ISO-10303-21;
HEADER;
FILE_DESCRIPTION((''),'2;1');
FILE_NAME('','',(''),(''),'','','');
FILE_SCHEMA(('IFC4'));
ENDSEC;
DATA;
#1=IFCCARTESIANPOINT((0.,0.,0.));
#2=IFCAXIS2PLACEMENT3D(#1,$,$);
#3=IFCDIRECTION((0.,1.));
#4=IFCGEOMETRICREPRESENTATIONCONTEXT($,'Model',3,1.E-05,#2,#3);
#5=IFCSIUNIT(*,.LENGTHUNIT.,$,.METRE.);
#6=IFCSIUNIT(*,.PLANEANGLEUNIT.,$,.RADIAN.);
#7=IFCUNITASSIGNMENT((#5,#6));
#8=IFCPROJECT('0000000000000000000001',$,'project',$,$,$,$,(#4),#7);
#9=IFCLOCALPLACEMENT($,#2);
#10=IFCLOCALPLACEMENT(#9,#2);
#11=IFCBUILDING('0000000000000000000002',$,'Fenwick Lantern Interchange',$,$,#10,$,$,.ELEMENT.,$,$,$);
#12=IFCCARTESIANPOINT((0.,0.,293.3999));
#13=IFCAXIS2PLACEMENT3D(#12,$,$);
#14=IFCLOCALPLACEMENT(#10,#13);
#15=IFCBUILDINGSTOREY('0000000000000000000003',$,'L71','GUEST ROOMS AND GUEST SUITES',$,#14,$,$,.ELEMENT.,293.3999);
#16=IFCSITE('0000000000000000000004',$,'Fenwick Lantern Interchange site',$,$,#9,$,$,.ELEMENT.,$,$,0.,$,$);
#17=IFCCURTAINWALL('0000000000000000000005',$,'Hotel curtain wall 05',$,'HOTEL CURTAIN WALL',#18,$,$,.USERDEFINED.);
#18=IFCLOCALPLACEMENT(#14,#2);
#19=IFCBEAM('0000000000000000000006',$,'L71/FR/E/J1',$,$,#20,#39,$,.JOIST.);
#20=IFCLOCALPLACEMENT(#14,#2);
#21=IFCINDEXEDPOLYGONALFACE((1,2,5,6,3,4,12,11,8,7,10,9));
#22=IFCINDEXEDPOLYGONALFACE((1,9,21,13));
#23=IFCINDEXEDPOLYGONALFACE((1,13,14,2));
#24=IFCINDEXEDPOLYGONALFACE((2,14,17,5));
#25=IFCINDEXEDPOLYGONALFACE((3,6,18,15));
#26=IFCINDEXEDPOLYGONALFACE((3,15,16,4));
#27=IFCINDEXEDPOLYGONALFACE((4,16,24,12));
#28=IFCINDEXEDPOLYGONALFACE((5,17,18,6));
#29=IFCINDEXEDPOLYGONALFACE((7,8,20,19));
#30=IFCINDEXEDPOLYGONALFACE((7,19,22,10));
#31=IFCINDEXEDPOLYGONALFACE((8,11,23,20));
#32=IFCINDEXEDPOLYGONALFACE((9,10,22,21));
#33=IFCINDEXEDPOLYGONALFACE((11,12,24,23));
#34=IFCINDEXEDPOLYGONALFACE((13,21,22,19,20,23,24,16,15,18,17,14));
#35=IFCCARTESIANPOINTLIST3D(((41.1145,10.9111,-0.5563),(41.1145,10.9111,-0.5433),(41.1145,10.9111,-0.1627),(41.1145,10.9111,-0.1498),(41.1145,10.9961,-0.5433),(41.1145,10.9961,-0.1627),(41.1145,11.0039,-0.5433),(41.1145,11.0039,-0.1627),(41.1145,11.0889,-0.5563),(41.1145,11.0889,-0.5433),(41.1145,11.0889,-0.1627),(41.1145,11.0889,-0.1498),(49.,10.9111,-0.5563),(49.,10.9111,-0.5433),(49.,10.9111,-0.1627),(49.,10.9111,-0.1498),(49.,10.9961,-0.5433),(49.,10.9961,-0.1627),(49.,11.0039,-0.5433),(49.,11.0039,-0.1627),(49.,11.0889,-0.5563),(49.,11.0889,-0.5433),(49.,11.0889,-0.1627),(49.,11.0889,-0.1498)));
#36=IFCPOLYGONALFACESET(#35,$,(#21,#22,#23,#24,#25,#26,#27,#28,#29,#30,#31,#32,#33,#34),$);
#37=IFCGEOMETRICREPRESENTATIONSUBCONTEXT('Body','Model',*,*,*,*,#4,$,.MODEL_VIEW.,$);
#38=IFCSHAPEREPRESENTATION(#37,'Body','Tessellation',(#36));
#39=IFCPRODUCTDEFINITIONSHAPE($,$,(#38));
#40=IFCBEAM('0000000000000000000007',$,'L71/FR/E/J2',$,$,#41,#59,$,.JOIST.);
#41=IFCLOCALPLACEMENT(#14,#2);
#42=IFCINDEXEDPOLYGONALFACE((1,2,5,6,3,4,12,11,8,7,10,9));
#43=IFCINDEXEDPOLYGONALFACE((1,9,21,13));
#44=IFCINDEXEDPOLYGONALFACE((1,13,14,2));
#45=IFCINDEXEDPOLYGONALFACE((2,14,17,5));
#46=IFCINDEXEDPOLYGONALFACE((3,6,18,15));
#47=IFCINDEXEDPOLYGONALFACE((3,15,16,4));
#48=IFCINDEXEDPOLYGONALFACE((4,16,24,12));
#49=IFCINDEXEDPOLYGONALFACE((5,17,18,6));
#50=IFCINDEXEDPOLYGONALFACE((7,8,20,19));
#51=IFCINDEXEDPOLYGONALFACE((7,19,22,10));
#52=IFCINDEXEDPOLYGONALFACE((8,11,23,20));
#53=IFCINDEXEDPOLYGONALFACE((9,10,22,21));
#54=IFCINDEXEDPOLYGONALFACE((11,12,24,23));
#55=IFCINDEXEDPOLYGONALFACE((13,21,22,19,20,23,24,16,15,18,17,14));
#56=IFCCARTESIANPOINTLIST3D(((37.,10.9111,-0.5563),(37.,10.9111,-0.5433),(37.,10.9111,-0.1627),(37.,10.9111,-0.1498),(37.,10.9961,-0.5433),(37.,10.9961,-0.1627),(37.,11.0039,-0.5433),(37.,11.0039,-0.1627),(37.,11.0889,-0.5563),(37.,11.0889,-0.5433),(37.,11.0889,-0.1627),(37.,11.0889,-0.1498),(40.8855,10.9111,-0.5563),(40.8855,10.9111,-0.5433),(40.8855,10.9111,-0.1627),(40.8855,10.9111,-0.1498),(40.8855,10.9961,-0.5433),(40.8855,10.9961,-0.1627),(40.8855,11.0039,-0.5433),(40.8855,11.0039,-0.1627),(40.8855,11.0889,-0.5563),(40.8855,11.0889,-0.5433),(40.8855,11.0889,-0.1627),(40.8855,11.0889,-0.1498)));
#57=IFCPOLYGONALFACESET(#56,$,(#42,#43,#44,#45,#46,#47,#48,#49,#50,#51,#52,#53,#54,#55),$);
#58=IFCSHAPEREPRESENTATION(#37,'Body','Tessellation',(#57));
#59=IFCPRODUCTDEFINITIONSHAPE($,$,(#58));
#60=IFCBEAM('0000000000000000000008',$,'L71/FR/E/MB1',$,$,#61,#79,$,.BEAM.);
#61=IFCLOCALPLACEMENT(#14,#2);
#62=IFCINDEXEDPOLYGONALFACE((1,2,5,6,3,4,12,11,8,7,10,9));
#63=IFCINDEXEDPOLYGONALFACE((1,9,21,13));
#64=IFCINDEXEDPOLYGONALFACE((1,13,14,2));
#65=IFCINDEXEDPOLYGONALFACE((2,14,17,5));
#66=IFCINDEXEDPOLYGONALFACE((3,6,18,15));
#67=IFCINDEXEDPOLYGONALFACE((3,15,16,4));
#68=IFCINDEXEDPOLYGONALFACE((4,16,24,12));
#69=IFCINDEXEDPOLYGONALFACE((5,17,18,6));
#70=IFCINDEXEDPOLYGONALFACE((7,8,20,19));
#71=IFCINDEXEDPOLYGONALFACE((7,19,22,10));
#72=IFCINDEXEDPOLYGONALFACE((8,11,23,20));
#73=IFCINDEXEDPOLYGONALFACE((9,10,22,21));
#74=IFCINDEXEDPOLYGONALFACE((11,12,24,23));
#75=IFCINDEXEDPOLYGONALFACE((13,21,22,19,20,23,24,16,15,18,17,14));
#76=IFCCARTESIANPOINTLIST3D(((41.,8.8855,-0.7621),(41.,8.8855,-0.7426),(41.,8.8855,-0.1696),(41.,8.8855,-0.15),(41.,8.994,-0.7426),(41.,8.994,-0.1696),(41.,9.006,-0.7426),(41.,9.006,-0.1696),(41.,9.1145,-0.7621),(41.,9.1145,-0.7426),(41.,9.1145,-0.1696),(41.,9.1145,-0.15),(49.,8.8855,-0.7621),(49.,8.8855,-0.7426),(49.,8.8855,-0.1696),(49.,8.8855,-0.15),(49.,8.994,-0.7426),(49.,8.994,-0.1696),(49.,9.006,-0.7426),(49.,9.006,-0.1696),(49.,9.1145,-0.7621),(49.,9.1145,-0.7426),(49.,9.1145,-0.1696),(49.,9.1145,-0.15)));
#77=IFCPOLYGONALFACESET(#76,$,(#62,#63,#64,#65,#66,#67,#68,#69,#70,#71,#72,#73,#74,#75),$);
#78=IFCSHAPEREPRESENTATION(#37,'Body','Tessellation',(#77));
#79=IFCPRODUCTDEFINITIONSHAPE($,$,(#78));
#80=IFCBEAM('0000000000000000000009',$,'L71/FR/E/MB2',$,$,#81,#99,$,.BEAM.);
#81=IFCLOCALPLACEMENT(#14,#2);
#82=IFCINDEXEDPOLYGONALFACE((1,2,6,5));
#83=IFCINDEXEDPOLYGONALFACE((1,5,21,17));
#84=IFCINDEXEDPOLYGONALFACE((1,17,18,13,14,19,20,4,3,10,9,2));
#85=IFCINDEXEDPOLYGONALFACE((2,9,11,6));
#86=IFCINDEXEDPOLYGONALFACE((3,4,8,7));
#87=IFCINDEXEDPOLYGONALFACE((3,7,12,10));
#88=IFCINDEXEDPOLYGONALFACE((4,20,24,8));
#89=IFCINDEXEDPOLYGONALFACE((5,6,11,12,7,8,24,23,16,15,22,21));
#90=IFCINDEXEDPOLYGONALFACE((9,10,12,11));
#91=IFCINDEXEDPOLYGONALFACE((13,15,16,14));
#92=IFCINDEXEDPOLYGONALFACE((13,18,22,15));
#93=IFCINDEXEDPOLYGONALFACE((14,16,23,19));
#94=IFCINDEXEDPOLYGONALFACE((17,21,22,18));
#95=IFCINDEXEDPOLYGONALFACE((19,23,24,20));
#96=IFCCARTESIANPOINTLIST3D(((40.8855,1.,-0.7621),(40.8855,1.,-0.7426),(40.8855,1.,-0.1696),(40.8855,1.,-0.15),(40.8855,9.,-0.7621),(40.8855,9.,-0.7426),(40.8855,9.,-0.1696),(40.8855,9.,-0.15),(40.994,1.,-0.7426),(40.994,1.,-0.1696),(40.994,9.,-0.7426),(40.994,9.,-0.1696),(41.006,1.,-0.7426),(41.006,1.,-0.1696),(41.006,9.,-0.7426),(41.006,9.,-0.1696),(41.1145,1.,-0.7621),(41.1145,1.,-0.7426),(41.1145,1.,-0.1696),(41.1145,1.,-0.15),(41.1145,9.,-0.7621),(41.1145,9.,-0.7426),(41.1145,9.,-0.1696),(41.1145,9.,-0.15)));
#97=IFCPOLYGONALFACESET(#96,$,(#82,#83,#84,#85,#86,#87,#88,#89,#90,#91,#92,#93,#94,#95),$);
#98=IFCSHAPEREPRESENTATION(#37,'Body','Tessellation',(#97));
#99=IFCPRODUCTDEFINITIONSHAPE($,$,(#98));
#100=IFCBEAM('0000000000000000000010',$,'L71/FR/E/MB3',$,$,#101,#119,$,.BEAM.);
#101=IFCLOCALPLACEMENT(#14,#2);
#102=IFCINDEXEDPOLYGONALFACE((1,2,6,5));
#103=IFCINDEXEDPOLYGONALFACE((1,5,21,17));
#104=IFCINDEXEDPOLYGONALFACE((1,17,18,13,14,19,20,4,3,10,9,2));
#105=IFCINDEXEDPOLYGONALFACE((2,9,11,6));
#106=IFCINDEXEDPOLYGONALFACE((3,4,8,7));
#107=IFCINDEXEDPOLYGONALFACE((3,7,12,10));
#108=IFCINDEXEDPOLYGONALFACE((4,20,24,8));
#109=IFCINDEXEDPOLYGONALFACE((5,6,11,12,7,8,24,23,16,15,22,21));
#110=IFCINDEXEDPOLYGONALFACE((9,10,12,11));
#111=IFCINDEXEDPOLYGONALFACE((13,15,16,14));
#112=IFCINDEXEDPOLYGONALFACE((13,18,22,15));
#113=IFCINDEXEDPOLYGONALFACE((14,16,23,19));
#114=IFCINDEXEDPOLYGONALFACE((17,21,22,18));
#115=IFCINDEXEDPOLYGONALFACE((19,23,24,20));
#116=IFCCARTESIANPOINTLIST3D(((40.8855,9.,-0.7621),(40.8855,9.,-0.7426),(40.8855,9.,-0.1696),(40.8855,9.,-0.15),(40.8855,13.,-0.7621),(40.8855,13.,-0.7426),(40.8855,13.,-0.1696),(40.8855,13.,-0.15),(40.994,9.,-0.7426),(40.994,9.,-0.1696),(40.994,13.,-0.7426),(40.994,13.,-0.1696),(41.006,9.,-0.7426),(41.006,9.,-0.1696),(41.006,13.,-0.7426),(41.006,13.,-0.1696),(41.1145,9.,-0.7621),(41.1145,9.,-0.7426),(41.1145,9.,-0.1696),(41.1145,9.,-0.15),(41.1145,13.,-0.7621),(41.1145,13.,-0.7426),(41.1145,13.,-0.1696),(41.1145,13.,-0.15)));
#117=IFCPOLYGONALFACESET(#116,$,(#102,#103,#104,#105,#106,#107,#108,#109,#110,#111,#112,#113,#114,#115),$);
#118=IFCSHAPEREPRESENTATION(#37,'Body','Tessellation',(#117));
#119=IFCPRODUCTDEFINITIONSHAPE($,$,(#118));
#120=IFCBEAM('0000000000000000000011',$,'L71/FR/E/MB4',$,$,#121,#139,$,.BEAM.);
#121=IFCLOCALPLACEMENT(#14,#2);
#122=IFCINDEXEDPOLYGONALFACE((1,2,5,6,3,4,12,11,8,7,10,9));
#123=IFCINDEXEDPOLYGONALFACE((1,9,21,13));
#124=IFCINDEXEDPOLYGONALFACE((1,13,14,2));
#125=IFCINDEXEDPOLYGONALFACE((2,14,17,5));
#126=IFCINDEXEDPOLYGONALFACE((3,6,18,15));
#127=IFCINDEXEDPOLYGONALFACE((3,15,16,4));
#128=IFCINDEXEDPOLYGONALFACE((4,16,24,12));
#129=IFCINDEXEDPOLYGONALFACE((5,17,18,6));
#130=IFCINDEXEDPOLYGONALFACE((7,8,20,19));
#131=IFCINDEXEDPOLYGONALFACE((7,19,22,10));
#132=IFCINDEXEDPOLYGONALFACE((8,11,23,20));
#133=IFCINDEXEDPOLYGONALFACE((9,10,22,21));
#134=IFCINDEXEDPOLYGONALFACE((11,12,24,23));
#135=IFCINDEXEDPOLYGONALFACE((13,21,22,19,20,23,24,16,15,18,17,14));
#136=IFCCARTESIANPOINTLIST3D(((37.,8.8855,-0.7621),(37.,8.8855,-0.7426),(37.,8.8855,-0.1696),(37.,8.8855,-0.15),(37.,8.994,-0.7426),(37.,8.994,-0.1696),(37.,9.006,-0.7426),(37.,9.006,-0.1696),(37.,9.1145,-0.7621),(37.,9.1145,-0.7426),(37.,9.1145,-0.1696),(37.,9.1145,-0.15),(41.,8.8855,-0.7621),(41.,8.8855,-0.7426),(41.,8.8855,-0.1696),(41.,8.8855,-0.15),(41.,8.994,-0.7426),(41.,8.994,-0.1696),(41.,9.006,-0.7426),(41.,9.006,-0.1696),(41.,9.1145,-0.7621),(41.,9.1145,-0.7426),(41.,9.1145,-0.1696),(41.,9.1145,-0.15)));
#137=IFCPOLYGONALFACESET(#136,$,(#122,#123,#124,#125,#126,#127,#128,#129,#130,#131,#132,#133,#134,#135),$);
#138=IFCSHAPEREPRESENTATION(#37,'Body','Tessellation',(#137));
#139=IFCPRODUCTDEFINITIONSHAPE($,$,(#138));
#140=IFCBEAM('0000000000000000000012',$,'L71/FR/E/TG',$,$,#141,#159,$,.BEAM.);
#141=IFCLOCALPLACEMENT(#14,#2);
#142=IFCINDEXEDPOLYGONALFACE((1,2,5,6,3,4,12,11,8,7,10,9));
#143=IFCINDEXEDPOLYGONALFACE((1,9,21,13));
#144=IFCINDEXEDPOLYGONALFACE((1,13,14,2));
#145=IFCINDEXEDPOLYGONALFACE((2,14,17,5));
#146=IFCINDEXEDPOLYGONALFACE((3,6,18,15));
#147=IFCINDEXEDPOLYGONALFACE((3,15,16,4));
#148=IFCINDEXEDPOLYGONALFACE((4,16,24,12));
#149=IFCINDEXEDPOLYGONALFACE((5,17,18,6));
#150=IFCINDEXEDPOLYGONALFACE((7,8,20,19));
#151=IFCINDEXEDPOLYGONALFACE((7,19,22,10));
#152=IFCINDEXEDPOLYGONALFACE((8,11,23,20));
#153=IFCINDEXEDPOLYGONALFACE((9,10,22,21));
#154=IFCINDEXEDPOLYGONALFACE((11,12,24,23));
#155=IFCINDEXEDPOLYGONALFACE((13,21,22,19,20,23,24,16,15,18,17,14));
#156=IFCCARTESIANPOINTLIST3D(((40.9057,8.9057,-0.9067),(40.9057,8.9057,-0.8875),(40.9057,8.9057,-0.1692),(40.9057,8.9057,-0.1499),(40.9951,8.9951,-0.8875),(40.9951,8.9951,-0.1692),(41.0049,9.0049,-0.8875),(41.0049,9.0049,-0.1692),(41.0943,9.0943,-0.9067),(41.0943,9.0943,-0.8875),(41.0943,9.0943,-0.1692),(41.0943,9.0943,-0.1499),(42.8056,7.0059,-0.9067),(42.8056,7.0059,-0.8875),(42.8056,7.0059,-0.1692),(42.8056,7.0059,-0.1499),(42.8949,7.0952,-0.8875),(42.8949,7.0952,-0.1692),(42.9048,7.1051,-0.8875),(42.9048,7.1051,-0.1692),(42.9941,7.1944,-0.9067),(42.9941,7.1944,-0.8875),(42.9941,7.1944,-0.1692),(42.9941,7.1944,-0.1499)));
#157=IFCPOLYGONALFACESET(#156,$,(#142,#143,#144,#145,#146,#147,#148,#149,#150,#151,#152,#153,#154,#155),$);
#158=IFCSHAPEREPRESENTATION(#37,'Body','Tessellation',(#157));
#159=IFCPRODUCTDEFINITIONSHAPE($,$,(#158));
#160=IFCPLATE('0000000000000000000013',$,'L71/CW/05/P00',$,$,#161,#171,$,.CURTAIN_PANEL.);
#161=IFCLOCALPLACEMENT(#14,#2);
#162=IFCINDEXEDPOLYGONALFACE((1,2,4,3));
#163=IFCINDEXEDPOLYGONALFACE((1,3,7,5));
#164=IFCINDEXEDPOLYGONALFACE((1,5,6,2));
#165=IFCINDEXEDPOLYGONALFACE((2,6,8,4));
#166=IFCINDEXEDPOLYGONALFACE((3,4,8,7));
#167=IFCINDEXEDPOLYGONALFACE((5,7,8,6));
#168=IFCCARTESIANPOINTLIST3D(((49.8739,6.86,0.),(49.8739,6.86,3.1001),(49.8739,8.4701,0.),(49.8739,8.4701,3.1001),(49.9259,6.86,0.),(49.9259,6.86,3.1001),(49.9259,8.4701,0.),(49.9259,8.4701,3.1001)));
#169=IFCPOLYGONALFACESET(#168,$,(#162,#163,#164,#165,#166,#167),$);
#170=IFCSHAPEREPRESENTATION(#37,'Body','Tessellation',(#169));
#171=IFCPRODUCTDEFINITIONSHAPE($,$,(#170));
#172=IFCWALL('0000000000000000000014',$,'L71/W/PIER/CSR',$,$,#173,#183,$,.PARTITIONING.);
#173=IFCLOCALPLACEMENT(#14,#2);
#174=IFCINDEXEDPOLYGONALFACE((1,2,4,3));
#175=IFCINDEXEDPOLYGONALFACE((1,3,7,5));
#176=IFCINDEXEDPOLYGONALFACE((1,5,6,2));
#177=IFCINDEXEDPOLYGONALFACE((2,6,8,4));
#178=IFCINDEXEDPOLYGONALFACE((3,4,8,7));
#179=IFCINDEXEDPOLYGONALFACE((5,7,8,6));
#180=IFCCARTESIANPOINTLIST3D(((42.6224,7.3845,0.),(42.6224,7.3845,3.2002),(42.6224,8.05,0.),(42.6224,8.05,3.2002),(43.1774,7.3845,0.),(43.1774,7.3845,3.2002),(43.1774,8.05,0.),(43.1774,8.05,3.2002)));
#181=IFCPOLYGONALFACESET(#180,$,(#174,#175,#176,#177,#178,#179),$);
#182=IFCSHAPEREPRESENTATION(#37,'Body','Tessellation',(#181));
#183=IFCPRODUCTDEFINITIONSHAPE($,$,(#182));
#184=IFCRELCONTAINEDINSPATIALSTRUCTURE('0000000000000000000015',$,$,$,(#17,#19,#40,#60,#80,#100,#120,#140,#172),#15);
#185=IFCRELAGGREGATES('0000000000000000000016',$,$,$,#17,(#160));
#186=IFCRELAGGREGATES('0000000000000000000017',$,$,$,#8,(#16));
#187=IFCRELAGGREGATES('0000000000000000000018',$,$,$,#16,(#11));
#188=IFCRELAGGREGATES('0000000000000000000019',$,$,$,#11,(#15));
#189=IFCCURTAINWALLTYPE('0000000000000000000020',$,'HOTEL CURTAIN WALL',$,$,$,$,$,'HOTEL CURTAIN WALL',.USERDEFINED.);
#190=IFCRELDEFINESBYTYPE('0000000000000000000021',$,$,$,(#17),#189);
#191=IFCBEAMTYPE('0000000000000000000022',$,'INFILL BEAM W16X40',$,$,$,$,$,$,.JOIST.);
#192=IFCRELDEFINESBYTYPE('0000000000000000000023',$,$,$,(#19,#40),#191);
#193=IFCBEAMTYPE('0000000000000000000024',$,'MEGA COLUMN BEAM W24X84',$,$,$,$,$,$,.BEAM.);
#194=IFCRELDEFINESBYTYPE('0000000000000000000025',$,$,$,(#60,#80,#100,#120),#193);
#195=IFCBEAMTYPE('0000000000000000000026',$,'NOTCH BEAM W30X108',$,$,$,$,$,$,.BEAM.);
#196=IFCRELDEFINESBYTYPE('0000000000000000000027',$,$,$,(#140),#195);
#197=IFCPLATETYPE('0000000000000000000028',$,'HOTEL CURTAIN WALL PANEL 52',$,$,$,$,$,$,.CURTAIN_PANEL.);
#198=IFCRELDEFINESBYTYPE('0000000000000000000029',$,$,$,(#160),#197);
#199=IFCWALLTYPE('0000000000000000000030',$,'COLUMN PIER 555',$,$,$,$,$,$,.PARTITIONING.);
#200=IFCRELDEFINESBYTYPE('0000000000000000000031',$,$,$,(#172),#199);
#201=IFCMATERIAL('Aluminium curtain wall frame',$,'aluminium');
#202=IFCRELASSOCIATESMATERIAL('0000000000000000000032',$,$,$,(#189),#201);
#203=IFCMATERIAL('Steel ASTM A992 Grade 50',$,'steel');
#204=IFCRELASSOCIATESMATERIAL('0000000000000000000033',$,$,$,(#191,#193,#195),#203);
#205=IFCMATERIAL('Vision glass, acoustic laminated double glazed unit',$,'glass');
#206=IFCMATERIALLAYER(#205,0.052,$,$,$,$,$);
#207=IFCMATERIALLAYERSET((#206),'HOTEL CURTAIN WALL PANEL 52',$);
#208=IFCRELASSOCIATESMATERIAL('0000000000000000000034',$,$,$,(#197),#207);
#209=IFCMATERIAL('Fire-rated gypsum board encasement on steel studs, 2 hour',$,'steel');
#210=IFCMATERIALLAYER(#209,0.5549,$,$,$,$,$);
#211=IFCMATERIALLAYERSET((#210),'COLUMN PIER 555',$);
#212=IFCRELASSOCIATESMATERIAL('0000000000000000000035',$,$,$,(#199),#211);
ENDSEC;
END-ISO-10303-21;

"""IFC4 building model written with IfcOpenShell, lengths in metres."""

from ifc_helpers import new_model, si_unit, direction, frame, frame_2d, origin, origin_2d, place, context, subcontext, project, spatial, rectangle, i_section, extrude, material, layer, layer_set, material_profile, profile_set, type_object, element, aggregate, save


model = new_model("IFC4")

# Units and contexts
model_context = context("Model", 3, precision=1e-05, world=origin(), true_north=direction((0.0, 1.0)))
body_context = subcontext(model_context, "Body", "Model", "MODEL_VIEW")
ifc_project = project(units=[si_unit("LENGTHUNIT", "METRE"), si_unit("PLANEANGLEUNIT", "RADIAN")], contexts=[model_context])

# Site, building, storey
site_placement = place(None, origin())
site = spatial("IfcSite", under=ifc_project, at=site_placement, Name="Fenwick Lantern Interchange site", CompositionType="ELEMENT", RefElevation=0.0)
building_placement = place(site_placement, origin())
building = spatial("IfcBuilding", under=site, at=building_placement, Name="Fenwick Lantern Interchange", CompositionType="ELEMENT")
storey_placement = place(building_placement, frame((0.0, 0.0, 293.3999)))
storey = spatial("IfcBuildingStorey", under=building, at=storey_placement, Name="L71", Description="GUEST ROOMS AND GUEST SUITES", CompositionType="ELEMENT", Elevation=293.3999)

# Shared definitions
ifc_material_1 = material(Name="Steel ASTM A992 Grade 50", Category="steel")

# Curtain wall
ifc_material_2 = material(Name="Aluminium curtain wall frame", Category="aluminium")
curtain_wall_type = type_object("IfcCurtainWallType", Name="HOTEL CURTAIN WALL", ElementType="HOTEL CURTAIN WALL", PredefinedType="USERDEFINED", material=ifc_material_2)
curtain_wall_placement = place(storey_placement, origin())
curtain_wall = element("IfcCurtainWall", 1, at=curtain_wall_placement, inside=storey, type_object=curtain_wall_type, Name="Hotel curtain wall 05", ObjectType="HOTEL CURTAIN WALL", PredefinedType="USERDEFINED")

# Beams
ifc_material_profile_1 = material_profile(ifc_material_1, i_section(OverallWidth=0.1777, OverallDepth=0.4065, WebThickness=0.0078, FlangeThickness=0.0129, at=origin_2d()), Name="W16X40")
ifc_profile_set_1 = profile_set([ifc_material_profile_1], Name="Steel ASTM A992 Grade 50")
beam_type_1 = type_object("IfcBeamType", Name="INFILL BEAM W16X40", PredefinedType="JOIST", material=ifc_profile_set_1)
beam_1_placement = place(storey_placement, frame((49.0, 11.0, -0.353), z_axis=(-1.0, 0.0, 0.0), x_axis=(0.0, -1.0, 0.0)))
element("IfcBeam", 2, at=beam_1_placement, inside=storey, type_object=beam_type_1, Name="L71/FR/E/J1", PredefinedType="JOIST", context=body_context, shape_type="SweptSolid", body=[
    extrude(i_section(OverallWidth=0.1777, OverallDepth=0.4065, WebThickness=0.0078, FlangeThickness=0.0129, at=origin_2d()), origin(), (0.0, 0.0, 1.0), 7.8855),
])
beam_2_placement = place(storey_placement, frame((40.8855, 11.0, -0.353), z_axis=(-1.0, 0.0, 0.0), x_axis=(0.0, -1.0, 0.0)))
element("IfcBeam", 3, at=beam_2_placement, inside=storey, type_object=beam_type_1, Name="L71/FR/E/J2", PredefinedType="JOIST", context=body_context, shape_type="SweptSolid", body=[
    extrude(i_section(OverallWidth=0.1777, OverallDepth=0.4065, WebThickness=0.0078, FlangeThickness=0.0129, at=origin_2d()), origin(), (0.0, 0.0, 1.0), 3.8855),
])
ifc_material_profile_2 = material_profile(ifc_material_1, i_section(OverallWidth=0.229, OverallDepth=0.6121, WebThickness=0.012, FlangeThickness=0.0195, at=origin_2d()), Name="W24X84")
ifc_profile_set_2 = profile_set([ifc_material_profile_2], Name="Steel ASTM A992 Grade 50")
beam_type_2 = type_object("IfcBeamType", Name="MEGA COLUMN BEAM W24X84", PredefinedType="BEAM", material=ifc_profile_set_2)
for number, where, z_axis, x_axis, name in (
    (4, (41.0, 9.0, -0.4561), (1.0, 0.0, 0.0), (0.0, 1.0, 0.0), "L71/FR/E/MB1"),
    (5, (41.0, 9.0, -0.4561), (0.0, -1.0, 0.0), (1.0, 0.0, 0.0), "L71/FR/E/MB2"),
):
    element("IfcBeam", number, at=place(storey_placement, frame(where, z_axis=z_axis, x_axis=x_axis)), inside=storey, type_object=beam_type_2, Name=name, PredefinedType="BEAM", context=body_context, shape_type="SweptSolid", body=[
        extrude(i_section(OverallWidth=0.229, OverallDepth=0.6121, WebThickness=0.012, FlangeThickness=0.0195, at=origin_2d()), origin(), (0.0, 0.0, 1.0), 8.0),
    ])
for number, where, z_axis, x_axis, name in (
    (6, (41.0, 9.0, -0.4561), (0.0, 1.0, 0.0), (-1.0, 0.0, 0.0), "L71/FR/E/MB3"),
    (7, (41.0, 9.0, -0.4561), (-1.0, 0.0, 0.0), (0.0, -1.0, 0.0), "L71/FR/E/MB4"),
):
    element("IfcBeam", number, at=place(storey_placement, frame(where, z_axis=z_axis, x_axis=x_axis)), inside=storey, type_object=beam_type_2, Name=name, PredefinedType="BEAM", context=body_context, shape_type="SweptSolid", body=[
        extrude(i_section(OverallWidth=0.229, OverallDepth=0.6121, WebThickness=0.012, FlangeThickness=0.0195, at=origin_2d()), origin(), (0.0, 0.0, 1.0), 4.0),
    ])
ifc_material_profile_3 = material_profile(ifc_material_1, i_section(OverallWidth=0.2666, OverallDepth=0.7568, WebThickness=0.0139, FlangeThickness=0.0193, at=origin_2d()), Name="W30X108")
ifc_profile_set_3 = profile_set([ifc_material_profile_3], Name="Steel ASTM A992 Grade 50")
beam_type_3 = type_object("IfcBeamType", Name="NOTCH BEAM W30X108", PredefinedType="BEAM", material=ifc_profile_set_3)
beam_3_placement = place(storey_placement, frame((41.0, 9.0, -0.5283), z_axis=(0.707107, -0.707107, 0.0), x_axis=(0.707107, 0.707107, 0.0)))
element("IfcBeam", 8, at=beam_3_placement, inside=storey, type_object=beam_type_3, Name="L71/FR/E/TG", PredefinedType="BEAM", context=body_context, shape_type="SweptSolid", body=[
    extrude(i_section(OverallWidth=0.2666, OverallDepth=0.7568, WebThickness=0.0139, FlangeThickness=0.0193, at=origin_2d()), origin(), (0.0, 0.0, 1.0), 2.6868),
])

# Plate
ifc_material_3 = material(Name="Vision glass, acoustic laminated double glazed unit", Category="glass")
ifc_layer_1 = layer(ifc_material_3, 0.052)
ifc_layer_set_1 = layer_set([ifc_layer_1], Name="HOTEL CURTAIN WALL PANEL 52")
plate_type = type_object("IfcPlateType", Name="HOTEL CURTAIN WALL PANEL 52", PredefinedType="CURTAIN_PANEL", material=ifc_layer_set_1)
plate_placement = place(storey_placement, frame((49.8999, 7.665, 0.0), z_axis=(0.0, 0.0, 1.0), x_axis=(0.0, 1.0, 0.0)))
plate = element("IfcPlate", 9, at=plate_placement, type_object=plate_type, Name="L71/CW/05/P00", PredefinedType="CURTAIN_PANEL", context=body_context, shape_type="SweptSolid", body=[
    extrude(rectangle(XDim=1.6101, YDim=0.052, at=origin_2d()), origin(), (0.0, 0.0, 1.0), 3.1001),
])
aggregate(curtain_wall, [plate])

# Wall
ifc_material_4 = material(Name="Fire-rated gypsum board encasement on steel studs, 2 hour", Category="steel")
ifc_layer_2 = layer(ifc_material_4, 0.5549)
ifc_layer_set_2 = layer_set([ifc_layer_2], Name="COLUMN PIER 555")
wall_type = type_object("IfcWallType", Name="COLUMN PIER 555", PredefinedType="PARTITIONING", material=ifc_layer_set_2)
wall_placement = place(storey_placement, frame((42.8999, 8.05, 0.0), z_axis=(0.0, 0.0, 1.0), x_axis=(0.0, -1.0, 0.0)))
element("IfcWall", 10, at=wall_placement, inside=storey, type_object=wall_type, Name="L71/W/PIER/CSR", PredefinedType="PARTITIONING", context=body_context, shape_type="SweptSolid", body=[
    extrude(rectangle(XDim=0.6655, YDim=0.5549, at=frame_2d((0.3328, 0.0))), origin(), (0.0, 0.0, 1.0), 3.2002),
])

save(model, "model.ifc")
